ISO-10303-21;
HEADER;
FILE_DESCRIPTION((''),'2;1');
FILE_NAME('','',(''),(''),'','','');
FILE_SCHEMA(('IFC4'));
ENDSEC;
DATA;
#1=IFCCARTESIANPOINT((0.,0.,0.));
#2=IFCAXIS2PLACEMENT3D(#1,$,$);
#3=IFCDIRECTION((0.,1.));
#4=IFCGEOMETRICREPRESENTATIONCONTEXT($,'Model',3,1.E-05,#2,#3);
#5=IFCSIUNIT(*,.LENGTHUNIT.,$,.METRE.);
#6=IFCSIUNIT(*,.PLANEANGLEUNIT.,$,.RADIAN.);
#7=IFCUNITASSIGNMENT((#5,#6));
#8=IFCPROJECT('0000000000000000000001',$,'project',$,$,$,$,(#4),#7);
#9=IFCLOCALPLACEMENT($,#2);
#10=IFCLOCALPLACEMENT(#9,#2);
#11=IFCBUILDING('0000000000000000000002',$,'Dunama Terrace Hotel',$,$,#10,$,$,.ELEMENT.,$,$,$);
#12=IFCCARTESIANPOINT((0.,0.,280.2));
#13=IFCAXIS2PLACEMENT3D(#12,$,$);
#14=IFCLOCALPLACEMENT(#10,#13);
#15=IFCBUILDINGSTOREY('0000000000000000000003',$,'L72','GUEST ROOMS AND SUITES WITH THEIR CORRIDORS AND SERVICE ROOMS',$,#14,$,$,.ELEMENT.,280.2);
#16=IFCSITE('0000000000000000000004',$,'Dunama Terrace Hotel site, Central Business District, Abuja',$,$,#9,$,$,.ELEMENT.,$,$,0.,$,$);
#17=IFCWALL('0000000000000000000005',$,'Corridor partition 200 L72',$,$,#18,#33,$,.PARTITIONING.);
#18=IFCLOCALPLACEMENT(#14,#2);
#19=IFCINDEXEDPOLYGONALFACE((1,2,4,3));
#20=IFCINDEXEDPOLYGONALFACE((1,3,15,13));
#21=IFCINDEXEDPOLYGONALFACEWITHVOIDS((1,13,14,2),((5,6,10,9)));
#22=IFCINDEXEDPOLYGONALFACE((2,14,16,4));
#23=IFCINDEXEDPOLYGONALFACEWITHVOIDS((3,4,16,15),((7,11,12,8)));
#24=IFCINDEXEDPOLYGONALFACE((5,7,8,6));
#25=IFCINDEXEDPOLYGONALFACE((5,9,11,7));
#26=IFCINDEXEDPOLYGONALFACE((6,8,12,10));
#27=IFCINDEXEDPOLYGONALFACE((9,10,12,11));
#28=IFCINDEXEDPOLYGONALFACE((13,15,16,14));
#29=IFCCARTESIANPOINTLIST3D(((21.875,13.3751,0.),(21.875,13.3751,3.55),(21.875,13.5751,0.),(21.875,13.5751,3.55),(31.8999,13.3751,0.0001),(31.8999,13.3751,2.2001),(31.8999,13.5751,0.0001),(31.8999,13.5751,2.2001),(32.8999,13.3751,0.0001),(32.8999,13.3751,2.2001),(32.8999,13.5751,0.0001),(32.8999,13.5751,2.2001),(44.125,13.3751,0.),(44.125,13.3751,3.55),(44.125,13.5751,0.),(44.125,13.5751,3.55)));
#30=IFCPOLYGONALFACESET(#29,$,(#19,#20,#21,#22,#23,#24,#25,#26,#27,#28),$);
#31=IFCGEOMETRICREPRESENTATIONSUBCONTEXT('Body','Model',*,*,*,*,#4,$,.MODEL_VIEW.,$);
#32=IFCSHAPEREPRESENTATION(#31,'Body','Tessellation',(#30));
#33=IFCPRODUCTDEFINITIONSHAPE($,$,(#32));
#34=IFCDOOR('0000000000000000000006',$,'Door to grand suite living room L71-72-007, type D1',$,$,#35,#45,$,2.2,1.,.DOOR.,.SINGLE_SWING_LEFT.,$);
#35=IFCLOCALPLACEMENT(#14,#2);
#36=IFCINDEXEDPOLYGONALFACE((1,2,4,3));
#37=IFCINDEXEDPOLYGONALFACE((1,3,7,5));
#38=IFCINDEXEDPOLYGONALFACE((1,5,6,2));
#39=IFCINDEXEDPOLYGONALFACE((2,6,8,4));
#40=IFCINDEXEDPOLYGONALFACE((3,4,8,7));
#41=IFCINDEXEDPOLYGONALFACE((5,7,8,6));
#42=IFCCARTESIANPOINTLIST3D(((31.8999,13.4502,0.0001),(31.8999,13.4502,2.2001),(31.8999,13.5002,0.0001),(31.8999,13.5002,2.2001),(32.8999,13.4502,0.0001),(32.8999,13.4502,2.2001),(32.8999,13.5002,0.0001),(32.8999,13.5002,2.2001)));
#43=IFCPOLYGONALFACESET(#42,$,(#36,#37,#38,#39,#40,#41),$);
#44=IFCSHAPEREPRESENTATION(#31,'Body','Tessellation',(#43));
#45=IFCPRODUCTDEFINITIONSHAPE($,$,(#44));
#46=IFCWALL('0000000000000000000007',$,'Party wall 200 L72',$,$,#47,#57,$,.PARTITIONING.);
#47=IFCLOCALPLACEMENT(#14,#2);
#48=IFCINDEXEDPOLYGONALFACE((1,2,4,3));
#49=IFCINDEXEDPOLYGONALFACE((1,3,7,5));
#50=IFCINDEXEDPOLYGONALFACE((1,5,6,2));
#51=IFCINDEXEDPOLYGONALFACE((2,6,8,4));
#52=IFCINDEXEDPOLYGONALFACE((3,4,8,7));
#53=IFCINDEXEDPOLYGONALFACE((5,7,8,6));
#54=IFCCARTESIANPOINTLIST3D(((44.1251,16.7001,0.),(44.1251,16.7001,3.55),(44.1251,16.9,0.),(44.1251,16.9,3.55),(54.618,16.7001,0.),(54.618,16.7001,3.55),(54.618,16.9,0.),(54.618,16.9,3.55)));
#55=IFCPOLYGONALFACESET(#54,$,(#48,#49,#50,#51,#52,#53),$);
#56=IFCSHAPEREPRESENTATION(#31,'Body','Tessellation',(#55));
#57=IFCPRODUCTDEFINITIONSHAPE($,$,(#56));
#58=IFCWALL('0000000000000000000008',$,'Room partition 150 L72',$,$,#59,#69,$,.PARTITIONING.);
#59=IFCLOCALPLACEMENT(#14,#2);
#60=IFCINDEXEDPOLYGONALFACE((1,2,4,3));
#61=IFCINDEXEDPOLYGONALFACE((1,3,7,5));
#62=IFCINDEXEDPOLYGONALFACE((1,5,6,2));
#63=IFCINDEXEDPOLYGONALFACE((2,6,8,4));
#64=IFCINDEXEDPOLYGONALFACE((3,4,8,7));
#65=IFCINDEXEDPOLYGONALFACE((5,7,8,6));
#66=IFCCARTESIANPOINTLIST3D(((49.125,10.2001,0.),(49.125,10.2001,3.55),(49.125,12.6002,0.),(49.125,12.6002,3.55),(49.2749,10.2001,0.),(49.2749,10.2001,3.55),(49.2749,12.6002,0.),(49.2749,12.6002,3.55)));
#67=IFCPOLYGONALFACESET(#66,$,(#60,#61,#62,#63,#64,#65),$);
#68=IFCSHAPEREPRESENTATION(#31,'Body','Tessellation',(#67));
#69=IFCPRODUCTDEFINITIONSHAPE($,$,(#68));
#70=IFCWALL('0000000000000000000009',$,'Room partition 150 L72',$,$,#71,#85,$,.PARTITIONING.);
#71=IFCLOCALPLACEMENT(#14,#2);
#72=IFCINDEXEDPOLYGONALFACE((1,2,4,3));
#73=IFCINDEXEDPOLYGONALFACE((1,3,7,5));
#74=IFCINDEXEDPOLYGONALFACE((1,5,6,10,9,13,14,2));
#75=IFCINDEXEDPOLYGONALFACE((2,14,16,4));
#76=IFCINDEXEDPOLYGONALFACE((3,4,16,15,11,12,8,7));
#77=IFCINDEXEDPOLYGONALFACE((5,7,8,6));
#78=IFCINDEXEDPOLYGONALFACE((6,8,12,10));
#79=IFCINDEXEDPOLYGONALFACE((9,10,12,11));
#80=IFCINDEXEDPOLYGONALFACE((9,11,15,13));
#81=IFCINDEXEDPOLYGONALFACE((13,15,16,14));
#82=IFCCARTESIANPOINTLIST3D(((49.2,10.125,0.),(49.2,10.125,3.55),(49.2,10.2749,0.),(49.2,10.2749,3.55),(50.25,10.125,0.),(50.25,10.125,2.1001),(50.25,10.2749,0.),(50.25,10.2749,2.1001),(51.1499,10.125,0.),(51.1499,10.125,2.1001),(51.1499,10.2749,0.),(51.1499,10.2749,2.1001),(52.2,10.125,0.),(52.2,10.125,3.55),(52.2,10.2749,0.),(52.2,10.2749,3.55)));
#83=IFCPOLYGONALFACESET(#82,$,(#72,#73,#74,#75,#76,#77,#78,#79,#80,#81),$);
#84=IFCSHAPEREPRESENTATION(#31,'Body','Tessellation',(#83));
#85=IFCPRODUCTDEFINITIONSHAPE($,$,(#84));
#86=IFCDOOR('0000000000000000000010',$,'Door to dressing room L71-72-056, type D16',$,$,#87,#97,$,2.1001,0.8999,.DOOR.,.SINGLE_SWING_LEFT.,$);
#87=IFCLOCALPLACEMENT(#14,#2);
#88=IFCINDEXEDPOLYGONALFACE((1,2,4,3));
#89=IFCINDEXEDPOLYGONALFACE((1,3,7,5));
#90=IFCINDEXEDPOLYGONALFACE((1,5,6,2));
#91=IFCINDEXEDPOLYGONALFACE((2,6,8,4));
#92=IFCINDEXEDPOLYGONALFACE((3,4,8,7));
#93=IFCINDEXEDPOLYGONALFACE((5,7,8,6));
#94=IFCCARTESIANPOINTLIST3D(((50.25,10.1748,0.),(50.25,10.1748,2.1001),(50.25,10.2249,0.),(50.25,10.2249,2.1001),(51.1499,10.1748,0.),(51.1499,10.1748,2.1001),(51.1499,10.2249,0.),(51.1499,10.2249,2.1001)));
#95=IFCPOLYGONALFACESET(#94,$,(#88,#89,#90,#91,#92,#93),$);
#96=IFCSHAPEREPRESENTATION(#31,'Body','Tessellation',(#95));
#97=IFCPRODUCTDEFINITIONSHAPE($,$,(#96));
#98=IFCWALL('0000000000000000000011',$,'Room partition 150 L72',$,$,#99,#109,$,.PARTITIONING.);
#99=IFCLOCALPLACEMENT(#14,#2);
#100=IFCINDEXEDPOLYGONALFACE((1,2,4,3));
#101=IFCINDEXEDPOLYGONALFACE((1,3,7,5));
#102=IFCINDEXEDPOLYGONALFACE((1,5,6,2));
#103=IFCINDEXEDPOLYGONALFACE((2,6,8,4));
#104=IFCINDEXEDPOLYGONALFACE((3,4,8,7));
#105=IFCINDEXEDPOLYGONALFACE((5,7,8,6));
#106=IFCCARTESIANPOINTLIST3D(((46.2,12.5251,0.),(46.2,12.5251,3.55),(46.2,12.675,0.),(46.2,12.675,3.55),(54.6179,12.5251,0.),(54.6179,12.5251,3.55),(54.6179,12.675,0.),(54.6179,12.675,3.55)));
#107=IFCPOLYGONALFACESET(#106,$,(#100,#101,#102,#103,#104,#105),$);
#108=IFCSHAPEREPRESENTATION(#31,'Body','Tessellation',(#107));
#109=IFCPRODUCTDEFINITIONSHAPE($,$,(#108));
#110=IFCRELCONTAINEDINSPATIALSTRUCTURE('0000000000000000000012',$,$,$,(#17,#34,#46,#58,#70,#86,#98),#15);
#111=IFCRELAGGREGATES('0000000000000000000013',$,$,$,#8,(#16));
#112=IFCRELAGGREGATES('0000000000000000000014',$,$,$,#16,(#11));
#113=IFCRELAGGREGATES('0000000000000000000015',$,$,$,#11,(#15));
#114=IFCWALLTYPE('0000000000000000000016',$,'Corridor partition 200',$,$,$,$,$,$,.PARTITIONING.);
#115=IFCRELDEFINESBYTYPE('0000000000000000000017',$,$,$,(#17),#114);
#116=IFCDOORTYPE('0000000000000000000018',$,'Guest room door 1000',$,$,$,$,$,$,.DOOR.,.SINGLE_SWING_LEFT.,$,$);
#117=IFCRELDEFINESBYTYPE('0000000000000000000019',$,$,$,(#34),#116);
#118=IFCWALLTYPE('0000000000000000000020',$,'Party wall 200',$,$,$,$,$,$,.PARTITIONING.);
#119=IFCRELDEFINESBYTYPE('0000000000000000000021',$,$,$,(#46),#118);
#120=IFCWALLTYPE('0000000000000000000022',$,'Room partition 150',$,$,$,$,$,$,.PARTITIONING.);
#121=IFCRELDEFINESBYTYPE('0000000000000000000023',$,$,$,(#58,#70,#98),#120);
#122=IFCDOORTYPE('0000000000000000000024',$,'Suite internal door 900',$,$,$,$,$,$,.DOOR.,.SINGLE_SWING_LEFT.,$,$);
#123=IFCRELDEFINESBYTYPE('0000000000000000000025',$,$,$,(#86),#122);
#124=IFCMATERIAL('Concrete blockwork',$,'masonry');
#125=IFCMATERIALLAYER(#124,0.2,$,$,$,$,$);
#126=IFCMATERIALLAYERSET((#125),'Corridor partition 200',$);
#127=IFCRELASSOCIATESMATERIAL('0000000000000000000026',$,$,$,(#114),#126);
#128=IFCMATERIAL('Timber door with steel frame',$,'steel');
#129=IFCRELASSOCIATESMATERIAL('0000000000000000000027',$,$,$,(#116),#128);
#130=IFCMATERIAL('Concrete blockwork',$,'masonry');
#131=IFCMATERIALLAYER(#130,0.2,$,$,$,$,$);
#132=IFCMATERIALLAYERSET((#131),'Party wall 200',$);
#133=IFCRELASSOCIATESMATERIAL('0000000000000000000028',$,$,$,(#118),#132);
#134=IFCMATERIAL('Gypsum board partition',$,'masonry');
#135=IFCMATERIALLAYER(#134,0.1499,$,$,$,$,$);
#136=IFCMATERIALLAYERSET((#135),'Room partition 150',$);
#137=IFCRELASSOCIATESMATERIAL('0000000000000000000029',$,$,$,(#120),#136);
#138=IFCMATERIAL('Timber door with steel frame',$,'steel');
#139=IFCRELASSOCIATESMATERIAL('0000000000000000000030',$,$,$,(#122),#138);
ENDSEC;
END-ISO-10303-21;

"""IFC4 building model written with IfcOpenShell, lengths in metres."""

from ifc_helpers import new_model, si_unit, direction, frame, frame_2d, origin, place, context, subcontext, project, spatial, rectangle, extrude, material, layer, layer_set, type_object, element, fill, save


model = new_model("IFC4")

# Units and contexts
model_context = context("Model", 3, precision=1e-05, world=origin(), true_north=direction((0.0, 1.0)))
body_context = subcontext(model_context, "Body", "Model", "MODEL_VIEW")
ifc_project = project(units=[si_unit("LENGTHUNIT", "METRE"), si_unit("PLANEANGLEUNIT", "RADIAN")], contexts=[model_context])

# Site, building, storey
site_placement = place(None, origin())
site = spatial("IfcSite", under=ifc_project, at=site_placement, Name="Dunama Terrace Hotel site, Central Business District, Abuja", CompositionType="ELEMENT", RefElevation=0.0)
building_placement = place(site_placement, origin())
building = spatial("IfcBuilding", under=site, at=building_placement, Name="Dunama Terrace Hotel", CompositionType="ELEMENT")
storey_placement = place(building_placement, frame((0.0, 0.0, 280.2)))
storey = spatial("IfcBuildingStorey", under=building, at=storey_placement, Name="L72", Description="GUEST ROOMS AND SUITES WITH THEIR CORRIDORS AND SERVICE ROOMS", CompositionType="ELEMENT", Elevation=280.2)

# Wall, opening, door
ifc_material_1 = material(Name="Concrete blockwork", Category="masonry")
ifc_layer_1 = layer(ifc_material_1, 0.2)
ifc_layer_set_1 = layer_set([ifc_layer_1], Name="Corridor partition 200")
wall_type_1 = type_object("IfcWallType", Name="Corridor partition 200", PredefinedType="PARTITIONING", material=ifc_layer_set_1)
wall_1_placement = place(storey_placement, frame((44.125, 13.4751, 0.0), z_axis=(0.0, 0.0, 1.0), x_axis=(-1.0, 0.0, 0.0)))
wall_1 = element("IfcWall", 1, at=wall_1_placement, inside=storey, type_object=wall_type_1, Name="Corridor partition 200 L72", PredefinedType="PARTITIONING", context=body_context, shape_type="SweptSolid", body=[
    extrude(rectangle(XDim=22.25, YDim=0.2, at=frame_2d((11.125, 0.0))), origin(), (0.0, 0.0, 1.0), 3.55),
])
opening_1_placement = place(wall_1_placement, frame((11.2251, 0.0, 0.0)))
opening_1 = element("IfcOpeningElement", 2, at=opening_1_placement, cuts=wall_1, PredefinedType="OPENING", context=body_context, shape_type="SweptSolid", body=[
    extrude(rectangle(XDim=1.0, YDim=2.2, at=frame_2d((0.5, 1.1001))), frame((0.0, 0.1099, 0.0), z_axis=(0.0, -1.0, 0.0), x_axis=(1.0, 0.0, 0.0)), (0.0, 0.0, 1.0), 0.22),
])
ifc_material_2 = material(Name="Timber door with steel frame", Category="steel")
door_type_1 = type_object("IfcDoorType", Name="Guest room door 1000", OperationType="SINGLE_SWING_LEFT", PredefinedType="DOOR", material=ifc_material_2)
door_1_placement = place(opening_1_placement, origin())
door_1 = element("IfcDoor", 3, at=door_1_placement, inside=storey, type_object=door_type_1, Name="Door to grand suite living room L71-72-007, type D1", OperationType="SINGLE_SWING_LEFT", OverallHeight=2.2, OverallWidth=1.0, PredefinedType="DOOR", context=body_context, shape_type="SweptSolid", body=[
    extrude(rectangle(XDim=1.0, YDim=2.2, at=frame_2d((0.5, 1.1001))), frame((0.0, 0.0249, 0.0), z_axis=(0.0, -1.0, 0.0), x_axis=(1.0, 0.0, 0.0)), (0.0, 0.0, 1.0), 0.05),
])
fill(opening_1, door_1)

# Walls
ifc_material_3 = material(Name="Concrete blockwork", Category="masonry")
ifc_layer_2 = layer(ifc_material_3, 0.2)
ifc_layer_set_2 = layer_set([ifc_layer_2], Name="Party wall 200")
wall_type_2 = type_object("IfcWallType", Name="Party wall 200", PredefinedType="PARTITIONING", material=ifc_layer_set_2)
wall_2_placement = place(storey_placement, frame((44.125, 16.8, 0.0), z_axis=(0.0, 0.0, 1.0), x_axis=(1.0, 0.0, 0.0)))
element("IfcWall", 4, at=wall_2_placement, inside=storey, type_object=wall_type_2, Name="Party wall 200 L72", PredefinedType="PARTITIONING", context=body_context, shape_type="SweptSolid", body=[
    extrude(rectangle(XDim=10.4929, YDim=0.2, at=frame_2d((5.2466, 0.0))), origin(), (0.0, 0.0, 1.0), 3.55),
])
ifc_material_4 = material(Name="Gypsum board partition", Category="masonry")
ifc_layer_3 = layer(ifc_material_4, 0.1499)
ifc_layer_set_3 = layer_set([ifc_layer_3], Name="Room partition 150")
wall_type_3 = type_object("IfcWallType", Name="Room partition 150", PredefinedType="PARTITIONING", material=ifc_layer_set_3)
wall_3_placement = place(storey_placement, frame((49.2, 10.2, 0.0), z_axis=(0.0, 0.0, 1.0), x_axis=(0.0, 1.0, 0.0)))
element("IfcWall", 5, at=wall_3_placement, inside=storey, type_object=wall_type_3, Name="Room partition 150 L72", PredefinedType="PARTITIONING", context=body_context, shape_type="SweptSolid", body=[
    extrude(rectangle(XDim=2.4001, YDim=0.1499, at=frame_2d((1.2002, 0.0))), origin(), (0.0, 0.0, 1.0), 3.55),
])

# Wall, opening, door
wall_4_placement = place(storey_placement, frame((49.2, 10.2, 0.0), z_axis=(0.0, 0.0, 1.0), x_axis=(1.0, 0.0, 0.0)))
wall_4 = element("IfcWall", 6, at=wall_4_placement, inside=storey, type_object=wall_type_3, Name="Room partition 150 L72", PredefinedType="PARTITIONING", context=body_context, shape_type="SweptSolid", body=[
    extrude(rectangle(XDim=3.0, YDim=0.1499, at=frame_2d((1.5, 0.0))), origin(), (0.0, 0.0, 1.0), 3.55),
])
opening_2_placement = place(wall_4_placement, frame((1.05, 0.0, 0.0)))
opening_2 = element("IfcOpeningElement", 7, at=opening_2_placement, cuts=wall_4, PredefinedType="OPENING", context=body_context, shape_type="SweptSolid", body=[
    extrude(rectangle(XDim=0.8999, YDim=2.1001, at=frame_2d((0.45, 1.05))), frame((0.0, 0.085, 0.0), z_axis=(0.0, -1.0, 0.0), x_axis=(1.0, 0.0, 0.0)), (0.0, 0.0, 1.0), 0.1699),
])
ifc_material_5 = material(Name="Timber door with steel frame", Category="steel")
door_type_2 = type_object("IfcDoorType", Name="Suite internal door 900", OperationType="SINGLE_SWING_LEFT", PredefinedType="DOOR", material=ifc_material_5)
door_2_placement = place(opening_2_placement, origin())
door_2 = element("IfcDoor", 8, at=door_2_placement, inside=storey, type_object=door_type_2, Name="Door to dressing room L71-72-056, type D16", OperationType="SINGLE_SWING_LEFT", OverallHeight=2.1001, OverallWidth=0.8999, PredefinedType="DOOR", context=body_context, shape_type="SweptSolid", body=[
    extrude(rectangle(XDim=0.8999, YDim=2.1001, at=frame_2d((0.45, 1.05))), frame((0.0, 0.0249, 0.0), z_axis=(0.0, -1.0, 0.0), x_axis=(1.0, 0.0, 0.0)), (0.0, 0.0, 1.0), 0.05),
])
fill(opening_2, door_2)

# Wall
wall_5_placement = place(storey_placement, frame((46.2, 12.6001, 0.0), z_axis=(0.0, 0.0, 1.0), x_axis=(1.0, 0.0, 0.0)))
element("IfcWall", 9, at=wall_5_placement, inside=storey, type_object=wall_type_3, Name="Room partition 150 L72", PredefinedType="PARTITIONING", context=body_context, shape_type="SweptSolid", body=[
    extrude(rectangle(XDim=8.418, YDim=0.1499, at=frame_2d((4.209, 0.0))), origin(), (0.0, 0.0, 1.0), 3.55),
])

save(model, "model.ifc")
